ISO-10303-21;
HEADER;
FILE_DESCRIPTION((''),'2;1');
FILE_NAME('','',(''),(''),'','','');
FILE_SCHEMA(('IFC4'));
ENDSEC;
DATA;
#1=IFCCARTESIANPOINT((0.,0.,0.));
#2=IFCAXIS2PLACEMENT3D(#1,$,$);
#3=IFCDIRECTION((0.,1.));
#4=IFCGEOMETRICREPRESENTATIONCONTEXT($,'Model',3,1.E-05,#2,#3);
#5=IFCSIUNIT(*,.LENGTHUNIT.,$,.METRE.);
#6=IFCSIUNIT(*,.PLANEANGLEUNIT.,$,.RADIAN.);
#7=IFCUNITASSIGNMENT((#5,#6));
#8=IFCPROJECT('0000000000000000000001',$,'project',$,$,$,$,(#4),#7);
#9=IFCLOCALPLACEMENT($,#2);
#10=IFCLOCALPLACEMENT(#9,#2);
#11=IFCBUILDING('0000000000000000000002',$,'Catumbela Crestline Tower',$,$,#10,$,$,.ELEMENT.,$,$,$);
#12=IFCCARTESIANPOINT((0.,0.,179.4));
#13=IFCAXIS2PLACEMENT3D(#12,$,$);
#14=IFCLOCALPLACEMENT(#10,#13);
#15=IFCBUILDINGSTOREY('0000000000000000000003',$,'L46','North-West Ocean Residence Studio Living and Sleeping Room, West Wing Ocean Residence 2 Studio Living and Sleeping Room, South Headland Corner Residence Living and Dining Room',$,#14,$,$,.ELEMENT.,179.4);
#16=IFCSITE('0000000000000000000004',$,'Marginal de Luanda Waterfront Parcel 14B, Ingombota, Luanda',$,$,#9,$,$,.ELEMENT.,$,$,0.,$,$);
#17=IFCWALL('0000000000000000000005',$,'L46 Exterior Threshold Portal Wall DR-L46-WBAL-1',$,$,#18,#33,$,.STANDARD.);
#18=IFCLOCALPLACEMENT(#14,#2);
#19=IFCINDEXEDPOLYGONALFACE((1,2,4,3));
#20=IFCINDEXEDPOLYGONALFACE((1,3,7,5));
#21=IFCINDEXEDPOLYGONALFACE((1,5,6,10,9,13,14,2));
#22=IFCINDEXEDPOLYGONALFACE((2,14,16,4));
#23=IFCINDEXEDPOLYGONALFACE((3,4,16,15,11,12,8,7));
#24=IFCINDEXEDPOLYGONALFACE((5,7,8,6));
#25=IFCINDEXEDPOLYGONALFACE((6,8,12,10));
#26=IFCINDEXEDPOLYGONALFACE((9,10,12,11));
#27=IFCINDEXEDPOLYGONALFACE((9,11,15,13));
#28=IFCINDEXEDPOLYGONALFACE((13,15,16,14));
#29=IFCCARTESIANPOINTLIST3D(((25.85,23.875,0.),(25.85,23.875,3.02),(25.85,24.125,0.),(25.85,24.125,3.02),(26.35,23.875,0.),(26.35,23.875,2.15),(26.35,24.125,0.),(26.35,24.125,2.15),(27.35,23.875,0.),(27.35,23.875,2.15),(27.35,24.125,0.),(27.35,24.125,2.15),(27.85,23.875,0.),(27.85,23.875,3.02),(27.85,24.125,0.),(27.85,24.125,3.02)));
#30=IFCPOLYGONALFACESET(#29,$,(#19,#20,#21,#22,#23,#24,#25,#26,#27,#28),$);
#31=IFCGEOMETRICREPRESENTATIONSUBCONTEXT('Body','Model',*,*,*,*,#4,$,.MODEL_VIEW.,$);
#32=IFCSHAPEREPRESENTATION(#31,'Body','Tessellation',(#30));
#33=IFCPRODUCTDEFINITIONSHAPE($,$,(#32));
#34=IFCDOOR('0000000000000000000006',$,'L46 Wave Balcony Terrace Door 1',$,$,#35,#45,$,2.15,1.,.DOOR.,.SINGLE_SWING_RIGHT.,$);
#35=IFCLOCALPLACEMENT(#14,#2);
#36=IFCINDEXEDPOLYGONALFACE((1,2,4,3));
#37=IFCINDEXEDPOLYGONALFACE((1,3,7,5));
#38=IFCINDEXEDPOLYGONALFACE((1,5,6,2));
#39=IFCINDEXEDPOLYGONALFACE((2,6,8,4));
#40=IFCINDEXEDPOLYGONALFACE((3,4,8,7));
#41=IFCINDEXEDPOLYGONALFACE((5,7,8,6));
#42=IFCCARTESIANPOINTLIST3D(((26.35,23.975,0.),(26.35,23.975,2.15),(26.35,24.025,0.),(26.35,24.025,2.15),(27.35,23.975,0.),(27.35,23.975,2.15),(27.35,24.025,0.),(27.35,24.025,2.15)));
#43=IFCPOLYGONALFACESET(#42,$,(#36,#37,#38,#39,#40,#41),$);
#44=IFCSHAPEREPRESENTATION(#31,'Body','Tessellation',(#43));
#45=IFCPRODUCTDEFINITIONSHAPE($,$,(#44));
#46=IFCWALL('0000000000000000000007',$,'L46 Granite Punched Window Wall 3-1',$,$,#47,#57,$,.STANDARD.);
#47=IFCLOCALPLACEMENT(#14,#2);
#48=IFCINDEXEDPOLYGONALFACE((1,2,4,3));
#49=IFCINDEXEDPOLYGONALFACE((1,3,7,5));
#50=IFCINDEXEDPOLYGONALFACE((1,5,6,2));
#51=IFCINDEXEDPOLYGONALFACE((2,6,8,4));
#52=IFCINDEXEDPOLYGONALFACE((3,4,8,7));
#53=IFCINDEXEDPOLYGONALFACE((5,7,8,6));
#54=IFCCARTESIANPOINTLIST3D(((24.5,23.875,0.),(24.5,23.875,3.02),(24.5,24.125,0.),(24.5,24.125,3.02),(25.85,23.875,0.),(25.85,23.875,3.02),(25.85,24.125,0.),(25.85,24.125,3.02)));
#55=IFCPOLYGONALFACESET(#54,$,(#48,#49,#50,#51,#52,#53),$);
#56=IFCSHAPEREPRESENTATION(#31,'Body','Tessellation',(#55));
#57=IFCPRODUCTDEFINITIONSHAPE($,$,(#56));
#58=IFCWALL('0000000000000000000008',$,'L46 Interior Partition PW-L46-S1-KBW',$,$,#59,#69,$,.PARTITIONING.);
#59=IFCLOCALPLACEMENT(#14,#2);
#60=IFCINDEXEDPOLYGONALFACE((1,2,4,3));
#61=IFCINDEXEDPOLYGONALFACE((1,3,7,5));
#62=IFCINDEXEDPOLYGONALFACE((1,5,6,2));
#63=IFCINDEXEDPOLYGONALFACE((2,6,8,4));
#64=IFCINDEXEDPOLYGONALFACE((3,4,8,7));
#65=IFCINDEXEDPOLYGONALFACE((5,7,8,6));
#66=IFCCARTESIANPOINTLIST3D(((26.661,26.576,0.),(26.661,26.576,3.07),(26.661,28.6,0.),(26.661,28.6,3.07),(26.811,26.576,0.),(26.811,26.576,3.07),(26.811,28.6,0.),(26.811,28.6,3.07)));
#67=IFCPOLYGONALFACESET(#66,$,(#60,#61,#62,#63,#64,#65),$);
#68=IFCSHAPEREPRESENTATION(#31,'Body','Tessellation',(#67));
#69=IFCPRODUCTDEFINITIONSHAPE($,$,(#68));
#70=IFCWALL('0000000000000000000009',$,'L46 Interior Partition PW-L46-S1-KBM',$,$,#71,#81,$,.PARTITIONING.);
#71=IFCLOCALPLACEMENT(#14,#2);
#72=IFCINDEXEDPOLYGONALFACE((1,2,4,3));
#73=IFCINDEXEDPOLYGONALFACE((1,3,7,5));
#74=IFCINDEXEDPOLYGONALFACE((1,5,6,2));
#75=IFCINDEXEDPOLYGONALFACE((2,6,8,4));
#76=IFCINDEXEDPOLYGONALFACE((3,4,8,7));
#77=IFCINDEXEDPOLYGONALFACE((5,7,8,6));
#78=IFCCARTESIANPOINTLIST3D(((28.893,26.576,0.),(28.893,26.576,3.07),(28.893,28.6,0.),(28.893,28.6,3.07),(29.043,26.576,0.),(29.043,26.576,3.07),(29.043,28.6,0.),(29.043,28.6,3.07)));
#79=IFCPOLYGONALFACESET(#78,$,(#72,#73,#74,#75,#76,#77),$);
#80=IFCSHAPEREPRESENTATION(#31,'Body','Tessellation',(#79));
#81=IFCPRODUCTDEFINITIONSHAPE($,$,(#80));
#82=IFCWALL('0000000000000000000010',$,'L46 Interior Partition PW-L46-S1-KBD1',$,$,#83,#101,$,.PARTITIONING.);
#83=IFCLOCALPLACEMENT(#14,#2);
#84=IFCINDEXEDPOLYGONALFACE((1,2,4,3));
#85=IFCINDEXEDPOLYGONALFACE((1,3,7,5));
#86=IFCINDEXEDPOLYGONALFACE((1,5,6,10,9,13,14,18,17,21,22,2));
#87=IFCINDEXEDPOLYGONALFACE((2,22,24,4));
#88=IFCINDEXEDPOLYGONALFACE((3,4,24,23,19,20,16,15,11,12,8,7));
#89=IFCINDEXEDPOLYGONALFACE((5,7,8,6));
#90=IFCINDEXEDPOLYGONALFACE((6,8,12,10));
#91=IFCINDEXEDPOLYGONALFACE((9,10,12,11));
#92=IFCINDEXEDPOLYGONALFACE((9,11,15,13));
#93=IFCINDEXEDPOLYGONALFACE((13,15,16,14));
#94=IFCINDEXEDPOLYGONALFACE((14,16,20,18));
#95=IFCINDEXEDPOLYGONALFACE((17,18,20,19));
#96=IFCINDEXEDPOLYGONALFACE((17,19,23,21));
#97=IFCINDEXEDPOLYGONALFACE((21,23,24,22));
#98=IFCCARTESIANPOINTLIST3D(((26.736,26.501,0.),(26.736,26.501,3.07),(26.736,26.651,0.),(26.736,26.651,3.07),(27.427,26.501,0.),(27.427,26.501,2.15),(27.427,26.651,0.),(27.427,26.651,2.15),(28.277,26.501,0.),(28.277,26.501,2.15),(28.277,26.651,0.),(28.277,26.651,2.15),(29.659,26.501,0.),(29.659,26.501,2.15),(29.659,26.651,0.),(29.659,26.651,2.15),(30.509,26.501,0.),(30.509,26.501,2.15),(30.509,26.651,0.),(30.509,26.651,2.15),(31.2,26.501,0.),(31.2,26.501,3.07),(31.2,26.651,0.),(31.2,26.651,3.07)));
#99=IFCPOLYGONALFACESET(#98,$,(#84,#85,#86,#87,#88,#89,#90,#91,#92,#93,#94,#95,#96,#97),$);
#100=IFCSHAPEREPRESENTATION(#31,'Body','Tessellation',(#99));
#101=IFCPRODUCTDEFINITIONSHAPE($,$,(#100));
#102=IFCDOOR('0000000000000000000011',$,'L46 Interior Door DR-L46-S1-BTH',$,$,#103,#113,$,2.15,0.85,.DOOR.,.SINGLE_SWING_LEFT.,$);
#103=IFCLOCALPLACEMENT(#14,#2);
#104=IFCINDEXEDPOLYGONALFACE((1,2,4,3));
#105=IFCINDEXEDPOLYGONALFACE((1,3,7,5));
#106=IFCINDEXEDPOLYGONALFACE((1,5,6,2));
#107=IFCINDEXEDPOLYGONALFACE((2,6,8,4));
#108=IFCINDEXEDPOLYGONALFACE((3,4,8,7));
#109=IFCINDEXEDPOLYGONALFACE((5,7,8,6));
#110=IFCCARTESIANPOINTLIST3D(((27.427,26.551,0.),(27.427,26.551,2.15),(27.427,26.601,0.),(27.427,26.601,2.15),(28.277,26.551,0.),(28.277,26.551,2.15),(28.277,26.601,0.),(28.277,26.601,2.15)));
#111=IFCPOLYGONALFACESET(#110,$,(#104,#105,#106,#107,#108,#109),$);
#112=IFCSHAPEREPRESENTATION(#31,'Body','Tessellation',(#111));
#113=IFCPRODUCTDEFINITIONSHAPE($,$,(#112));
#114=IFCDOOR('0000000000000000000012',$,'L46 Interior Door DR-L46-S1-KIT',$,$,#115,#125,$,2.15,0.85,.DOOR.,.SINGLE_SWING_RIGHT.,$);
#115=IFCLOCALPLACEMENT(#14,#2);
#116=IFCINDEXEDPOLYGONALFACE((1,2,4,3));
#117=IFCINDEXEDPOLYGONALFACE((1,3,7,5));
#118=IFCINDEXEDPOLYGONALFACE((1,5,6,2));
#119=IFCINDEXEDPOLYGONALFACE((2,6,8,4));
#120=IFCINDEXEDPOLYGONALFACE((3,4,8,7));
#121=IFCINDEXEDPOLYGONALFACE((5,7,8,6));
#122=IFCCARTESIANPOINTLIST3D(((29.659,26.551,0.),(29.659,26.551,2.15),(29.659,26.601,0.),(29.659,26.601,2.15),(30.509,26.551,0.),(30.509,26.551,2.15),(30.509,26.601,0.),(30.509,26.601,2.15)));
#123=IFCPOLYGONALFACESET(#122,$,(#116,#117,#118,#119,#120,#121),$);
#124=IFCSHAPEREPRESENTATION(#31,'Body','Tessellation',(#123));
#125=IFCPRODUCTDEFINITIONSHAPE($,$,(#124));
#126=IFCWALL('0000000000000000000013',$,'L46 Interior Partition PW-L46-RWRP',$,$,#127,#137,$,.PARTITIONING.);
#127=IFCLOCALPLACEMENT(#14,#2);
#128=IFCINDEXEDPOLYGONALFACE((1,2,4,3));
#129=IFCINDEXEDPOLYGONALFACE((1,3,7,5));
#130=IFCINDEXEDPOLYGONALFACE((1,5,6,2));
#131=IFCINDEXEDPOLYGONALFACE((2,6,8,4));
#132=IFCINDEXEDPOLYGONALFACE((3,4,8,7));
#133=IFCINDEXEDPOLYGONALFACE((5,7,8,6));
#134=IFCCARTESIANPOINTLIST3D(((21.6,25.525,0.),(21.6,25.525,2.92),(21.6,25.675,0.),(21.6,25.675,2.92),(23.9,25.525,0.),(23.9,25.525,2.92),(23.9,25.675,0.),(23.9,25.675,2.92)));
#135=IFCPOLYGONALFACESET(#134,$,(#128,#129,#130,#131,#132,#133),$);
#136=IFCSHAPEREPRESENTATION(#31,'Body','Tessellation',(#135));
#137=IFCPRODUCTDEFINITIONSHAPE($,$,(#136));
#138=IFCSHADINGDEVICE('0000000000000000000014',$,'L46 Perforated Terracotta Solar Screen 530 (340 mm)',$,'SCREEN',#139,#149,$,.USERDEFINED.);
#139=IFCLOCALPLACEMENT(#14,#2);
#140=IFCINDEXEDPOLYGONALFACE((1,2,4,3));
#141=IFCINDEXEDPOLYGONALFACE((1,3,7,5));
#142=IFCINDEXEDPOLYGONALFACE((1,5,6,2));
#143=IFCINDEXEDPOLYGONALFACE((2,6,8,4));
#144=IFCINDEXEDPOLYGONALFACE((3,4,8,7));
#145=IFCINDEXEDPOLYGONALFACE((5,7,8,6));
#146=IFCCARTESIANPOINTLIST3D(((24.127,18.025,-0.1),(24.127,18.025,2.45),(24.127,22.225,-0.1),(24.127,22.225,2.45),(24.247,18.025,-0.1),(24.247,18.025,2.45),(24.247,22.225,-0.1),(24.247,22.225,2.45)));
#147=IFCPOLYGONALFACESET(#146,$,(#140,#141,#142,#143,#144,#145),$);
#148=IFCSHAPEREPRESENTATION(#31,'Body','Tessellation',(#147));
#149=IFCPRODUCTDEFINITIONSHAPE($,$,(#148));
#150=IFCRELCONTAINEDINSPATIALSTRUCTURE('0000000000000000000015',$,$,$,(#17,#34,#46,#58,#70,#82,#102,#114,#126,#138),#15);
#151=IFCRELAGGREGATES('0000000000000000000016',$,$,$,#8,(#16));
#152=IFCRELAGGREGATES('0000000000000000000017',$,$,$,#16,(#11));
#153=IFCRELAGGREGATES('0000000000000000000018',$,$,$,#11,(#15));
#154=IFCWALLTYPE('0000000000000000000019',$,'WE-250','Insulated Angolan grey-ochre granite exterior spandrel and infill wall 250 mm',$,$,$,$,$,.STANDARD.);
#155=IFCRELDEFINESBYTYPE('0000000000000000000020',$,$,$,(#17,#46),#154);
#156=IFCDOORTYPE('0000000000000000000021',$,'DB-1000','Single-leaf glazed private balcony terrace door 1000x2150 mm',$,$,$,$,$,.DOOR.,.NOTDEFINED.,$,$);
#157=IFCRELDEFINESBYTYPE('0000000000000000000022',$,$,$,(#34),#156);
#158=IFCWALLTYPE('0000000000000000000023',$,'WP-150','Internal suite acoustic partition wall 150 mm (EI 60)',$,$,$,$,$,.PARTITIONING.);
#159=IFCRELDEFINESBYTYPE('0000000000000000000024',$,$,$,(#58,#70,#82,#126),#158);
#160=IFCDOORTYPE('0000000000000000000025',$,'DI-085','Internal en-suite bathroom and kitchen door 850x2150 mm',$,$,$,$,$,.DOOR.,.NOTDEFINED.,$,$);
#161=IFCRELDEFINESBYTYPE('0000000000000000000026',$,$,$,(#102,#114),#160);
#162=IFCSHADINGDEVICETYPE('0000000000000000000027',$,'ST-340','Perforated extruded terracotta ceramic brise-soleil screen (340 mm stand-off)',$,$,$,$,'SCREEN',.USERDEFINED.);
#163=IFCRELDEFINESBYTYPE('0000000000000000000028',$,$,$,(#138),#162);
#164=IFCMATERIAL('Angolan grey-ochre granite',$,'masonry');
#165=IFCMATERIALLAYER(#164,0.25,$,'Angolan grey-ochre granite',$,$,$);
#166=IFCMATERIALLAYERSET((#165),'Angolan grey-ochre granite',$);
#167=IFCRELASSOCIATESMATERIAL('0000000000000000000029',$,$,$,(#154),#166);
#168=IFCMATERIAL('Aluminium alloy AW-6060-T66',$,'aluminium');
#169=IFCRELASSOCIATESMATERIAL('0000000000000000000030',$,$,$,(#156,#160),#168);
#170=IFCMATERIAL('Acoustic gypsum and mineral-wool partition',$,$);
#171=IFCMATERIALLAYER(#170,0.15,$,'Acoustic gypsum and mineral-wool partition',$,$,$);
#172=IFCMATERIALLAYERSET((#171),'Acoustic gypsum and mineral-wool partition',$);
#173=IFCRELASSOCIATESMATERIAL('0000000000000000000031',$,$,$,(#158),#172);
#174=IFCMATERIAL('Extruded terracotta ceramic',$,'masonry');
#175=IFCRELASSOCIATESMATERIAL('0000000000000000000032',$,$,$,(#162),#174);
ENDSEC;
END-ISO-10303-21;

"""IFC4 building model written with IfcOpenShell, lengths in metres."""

from ifc_helpers import new_model, si_unit, direction, frame, frame_2d, origin, origin_2d, place, context, subcontext, project, spatial, rectangle, extrude, material, layer, layer_set, type_object, element, fill, save


model = new_model("IFC4")

# Units and contexts
model_context = context("Model", 3, precision=1e-05, world=origin(), true_north=direction((0.0, 1.0)))
body_context = subcontext(model_context, "Body", "Model", "MODEL_VIEW")
ifc_project = project(units=[si_unit("LENGTHUNIT", "METRE"), si_unit("PLANEANGLEUNIT", "RADIAN")], contexts=[model_context])

# Site, building, storey
site_placement = place(None, origin())
site = spatial("IfcSite", under=ifc_project, at=site_placement, Name="Marginal de Luanda Waterfront Parcel 14B, Ingombota, Luanda", CompositionType="ELEMENT", RefElevation=0.0)
building_placement = place(site_placement, origin())
building = spatial("IfcBuilding", under=site, at=building_placement, Name="Catumbela Crestline Tower", CompositionType="ELEMENT")
storey_placement = place(building_placement, frame((0.0, 0.0, 179.4)))
storey = spatial("IfcBuildingStorey", under=building, at=storey_placement, Name="L46", Description="North-West Ocean Residence Studio Living and Sleeping Room, West Wing Ocean Residence 2 Studio Living and Sleeping Room, South Headland Corner Residence Living and Dining Room", CompositionType="ELEMENT", Elevation=179.4)

# Shared definitions
ifc_material_1 = material(Name="Aluminium alloy AW-6060-T66", Category="aluminium")

# Wall, opening, door
ifc_material_2 = material(Name="Acoustic gypsum and mineral-wool partition")
ifc_material_3 = material(Name="Angolan grey-ochre granite", Category="masonry")
ifc_layer_1 = layer(ifc_material_3, 0.25, Name="Angolan grey-ochre granite")
ifc_layer_set_1 = layer_set([ifc_layer_1], Name="Angolan grey-ochre granite")
wall_type_1 = type_object("IfcWallType", Name="WE-250", Description="Insulated Angolan grey-ochre granite exterior spandrel and infill wall 250 mm", PredefinedType="STANDARD", material=ifc_layer_set_1)
wall_1_placement = place(storey_placement, frame((25.85, 24.0, 0.0), z_axis=(0.0, 0.0, 1.0), x_axis=(1.0, 0.0, 0.0)))
wall_1 = element("IfcWall", 1, at=wall_1_placement, inside=storey, type_object=wall_type_1, Name="L46 Exterior Threshold Portal Wall DR-L46-WBAL-1", PredefinedType="STANDARD", context=body_context, shape_type="SweptSolid", body=[
    extrude(rectangle(XDim=2.0, YDim=0.25, at=frame_2d((1.0, 0.0))), origin(), (0.0, 0.0, 1.0), 3.02),
])
opening_1_placement = place(wall_1_placement, frame((0.5, 0.0, 0.0)))
opening_1 = element("IfcOpeningElement", 2, at=opening_1_placement, cuts=wall_1, PredefinedType="OPENING", context=body_context, shape_type="SweptSolid", body=[
    extrude(rectangle(XDim=1.0, YDim=2.15, at=frame_2d((0.5, 1.075))), frame((0.0, 0.135, 0.0), z_axis=(0.0, -1.0, 0.0), x_axis=(1.0, 0.0, 0.0)), (0.0, 0.0, 1.0), 0.27),
])
door_type_1 = type_object("IfcDoorType", Name="DB-1000", Description="Single-leaf glazed private balcony terrace door 1000x2150 mm", OperationType="NOTDEFINED", PredefinedType="DOOR", material=ifc_material_1)
door_1_placement = place(opening_1_placement, origin())
door_1 = element("IfcDoor", 3, at=door_1_placement, inside=storey, type_object=door_type_1, Name="L46 Wave Balcony Terrace Door 1", OperationType="SINGLE_SWING_RIGHT", OverallHeight=2.15, OverallWidth=1.0, PredefinedType="DOOR", context=body_context, shape_type="SweptSolid", body=[
    extrude(rectangle(XDim=1.0, YDim=2.15, at=frame_2d((0.5, 1.075))), frame((0.0, 0.025, 0.0), z_axis=(0.0, -1.0, 0.0), x_axis=(1.0, 0.0, 0.0)), (0.0, 0.0, 1.0), 0.05),
])
fill(opening_1, door_1)

# Walls
wall_2_placement = place(storey_placement, frame((24.5, 24.0, 0.0), z_axis=(0.0, 0.0, 1.0), x_axis=(1.0, 0.0, 0.0)))
element("IfcWall", 4, at=wall_2_placement, inside=storey, type_object=wall_type_1, Name="L46 Granite Punched Window Wall 3-1", PredefinedType="STANDARD", context=body_context, shape_type="SweptSolid", body=[
    extrude(rectangle(XDim=1.35, YDim=0.25, at=frame_2d((0.675, 0.0))), origin(), (0.0, 0.0, 1.0), 3.02),
])
ifc_layer_2 = layer(ifc_material_2, 0.15, Name="Acoustic gypsum and mineral-wool partition")
ifc_layer_set_2 = layer_set([ifc_layer_2], Name="Acoustic gypsum and mineral-wool partition")
wall_type_2 = type_object("IfcWallType", Name="WP-150", Description="Internal suite acoustic partition wall 150 mm (EI 60)", PredefinedType="PARTITIONING", material=ifc_layer_set_2)
for number, where, z_axis, x_axis, name in (
    (5, (26.736, 26.576, 0.0), (0.0, 0.0, 1.0), (0.0, 1.0, 0.0), "L46 Interior Partition PW-L46-S1-KBW"),
    (6, (28.968, 26.576, 0.0), (0.0, 0.0, 1.0), (0.0, 1.0, 0.0), "L46 Interior Partition PW-L46-S1-KBM"),
):
    element("IfcWall", number, at=place(storey_placement, frame(where, z_axis=z_axis, x_axis=x_axis)), inside=storey, type_object=wall_type_2, Name=name, PredefinedType="PARTITIONING", context=body_context, shape_type="SweptSolid", body=[
        extrude(rectangle(XDim=2.024, YDim=0.15, at=frame_2d((1.012, 0.0))), origin(), (0.0, 0.0, 1.0), 3.07),
    ])

# Wall, openings, doors
wall_3_placement = place(storey_placement, frame((26.736, 26.576, 0.0), z_axis=(0.0, 0.0, 1.0), x_axis=(1.0, 0.0, 0.0)))
wall_3 = element("IfcWall", 7, at=wall_3_placement, inside=storey, type_object=wall_type_2, Name="L46 Interior Partition PW-L46-S1-KBD1", PredefinedType="PARTITIONING", context=body_context, shape_type="SweptSolid", body=[
    extrude(rectangle(XDim=4.464, YDim=0.15, at=frame_2d((2.232, 0.0))), origin(), (0.0, 0.0, 1.0), 3.07),
])
opening_2_placement = place(wall_3_placement, frame((0.691, 0.0, 0.0)))
opening_2 = element("IfcOpeningElement", 8, at=opening_2_placement, cuts=wall_3, PredefinedType="OPENING", context=body_context, shape_type="SweptSolid", body=[
    extrude(rectangle(XDim=0.85, YDim=2.15, at=frame_2d((0.425, 1.075))), frame((0.0, 0.085, 0.0), z_axis=(0.0, -1.0, 0.0), x_axis=(1.0, 0.0, 0.0)), (0.0, 0.0, 1.0), 0.17),
])
opening_3_placement = place(wall_3_placement, frame((2.923, 0.0, 0.0)))
opening_3 = element("IfcOpeningElement", 9, at=opening_3_placement, cuts=wall_3, PredefinedType="OPENING", context=body_context, shape_type="SweptSolid", body=[
    extrude(rectangle(XDim=0.85, YDim=2.15, at=frame_2d((0.425, 1.075))), frame((0.0, 0.085, 0.0), z_axis=(0.0, -1.0, 0.0), x_axis=(1.0, 0.0, 0.0)), (0.0, 0.0, 1.0), 0.17),
])
door_type_2 = type_object("IfcDoorType", Name="DI-085", Description="Internal en-suite bathroom and kitchen door 850x2150 mm", OperationType="NOTDEFINED", PredefinedType="DOOR", material=ifc_material_1)
door_2_placement = place(opening_2_placement, origin())
door_2 = element("IfcDoor", 10, at=door_2_placement, inside=storey, type_object=door_type_2, Name="L46 Interior Door DR-L46-S1-BTH", OperationType="SINGLE_SWING_LEFT", OverallHeight=2.15, OverallWidth=0.85, PredefinedType="DOOR", context=body_context, shape_type="SweptSolid", body=[
    extrude(rectangle(XDim=0.85, YDim=2.15, at=frame_2d((0.425, 1.075))), frame((0.0, 0.025, 0.0), z_axis=(0.0, -1.0, 0.0), x_axis=(1.0, 0.0, 0.0)), (0.0, 0.0, 1.0), 0.05),
])
fill(opening_2, door_2)
door_3_placement = place(opening_3_placement, origin())
door_3 = element("IfcDoor", 11, at=door_3_placement, inside=storey, type_object=door_type_2, Name="L46 Interior Door DR-L46-S1-KIT", OperationType="SINGLE_SWING_RIGHT", OverallHeight=2.15, OverallWidth=0.85, PredefinedType="DOOR", context=body_context, shape_type="SweptSolid", body=[
    extrude(rectangle(XDim=0.85, YDim=2.15, at=frame_2d((0.425, 1.075))), frame((0.0, 0.025, 0.0), z_axis=(0.0, -1.0, 0.0), x_axis=(1.0, 0.0, 0.0)), (0.0, 0.0, 1.0), 0.05),
])
fill(opening_3, door_3)

# Wall
wall_4_placement = place(storey_placement, frame((21.6, 25.6, 0.0), z_axis=(0.0, 0.0, 1.0), x_axis=(1.0, 0.0, 0.0)))
element("IfcWall", 12, at=wall_4_placement, inside=storey, type_object=wall_type_2, Name="L46 Interior Partition PW-L46-RWRP", PredefinedType="PARTITIONING", context=body_context, shape_type="SweptSolid", body=[
    extrude(rectangle(XDim=2.3, YDim=0.15, at=frame_2d((1.15, 0.0))), origin(), (0.0, 0.0, 1.0), 2.92),
])

# Shading device
ifc_material_4 = material(Name="Extruded terracotta ceramic", Category="masonry")
shading_device_type = type_object("IfcShadingDeviceType", Name="ST-340", Description="Perforated extruded terracotta ceramic brise-soleil screen (340 mm stand-off)", ElementType="SCREEN", PredefinedType="USERDEFINED", material=ifc_material_4)
shading_device_placement = place(storey_placement, frame((24.187, 20.125, -0.1), z_axis=(0.0, 0.0, 1.0), x_axis=(0.0, 1.0, 0.0)))
element("IfcShadingDevice", 13, at=shading_device_placement, inside=storey, type_object=shading_device_type, Name="L46 Perforated Terracotta Solar Screen 530 (340 mm)", ObjectType="SCREEN", PredefinedType="USERDEFINED", context=body_context, shape_type="SweptSolid", body=[
    extrude(rectangle(XDim=4.2, YDim=0.12, at=origin_2d()), origin(), (0.0, 0.0, 1.0), 2.55),
])

save(model, "model.ifc")
